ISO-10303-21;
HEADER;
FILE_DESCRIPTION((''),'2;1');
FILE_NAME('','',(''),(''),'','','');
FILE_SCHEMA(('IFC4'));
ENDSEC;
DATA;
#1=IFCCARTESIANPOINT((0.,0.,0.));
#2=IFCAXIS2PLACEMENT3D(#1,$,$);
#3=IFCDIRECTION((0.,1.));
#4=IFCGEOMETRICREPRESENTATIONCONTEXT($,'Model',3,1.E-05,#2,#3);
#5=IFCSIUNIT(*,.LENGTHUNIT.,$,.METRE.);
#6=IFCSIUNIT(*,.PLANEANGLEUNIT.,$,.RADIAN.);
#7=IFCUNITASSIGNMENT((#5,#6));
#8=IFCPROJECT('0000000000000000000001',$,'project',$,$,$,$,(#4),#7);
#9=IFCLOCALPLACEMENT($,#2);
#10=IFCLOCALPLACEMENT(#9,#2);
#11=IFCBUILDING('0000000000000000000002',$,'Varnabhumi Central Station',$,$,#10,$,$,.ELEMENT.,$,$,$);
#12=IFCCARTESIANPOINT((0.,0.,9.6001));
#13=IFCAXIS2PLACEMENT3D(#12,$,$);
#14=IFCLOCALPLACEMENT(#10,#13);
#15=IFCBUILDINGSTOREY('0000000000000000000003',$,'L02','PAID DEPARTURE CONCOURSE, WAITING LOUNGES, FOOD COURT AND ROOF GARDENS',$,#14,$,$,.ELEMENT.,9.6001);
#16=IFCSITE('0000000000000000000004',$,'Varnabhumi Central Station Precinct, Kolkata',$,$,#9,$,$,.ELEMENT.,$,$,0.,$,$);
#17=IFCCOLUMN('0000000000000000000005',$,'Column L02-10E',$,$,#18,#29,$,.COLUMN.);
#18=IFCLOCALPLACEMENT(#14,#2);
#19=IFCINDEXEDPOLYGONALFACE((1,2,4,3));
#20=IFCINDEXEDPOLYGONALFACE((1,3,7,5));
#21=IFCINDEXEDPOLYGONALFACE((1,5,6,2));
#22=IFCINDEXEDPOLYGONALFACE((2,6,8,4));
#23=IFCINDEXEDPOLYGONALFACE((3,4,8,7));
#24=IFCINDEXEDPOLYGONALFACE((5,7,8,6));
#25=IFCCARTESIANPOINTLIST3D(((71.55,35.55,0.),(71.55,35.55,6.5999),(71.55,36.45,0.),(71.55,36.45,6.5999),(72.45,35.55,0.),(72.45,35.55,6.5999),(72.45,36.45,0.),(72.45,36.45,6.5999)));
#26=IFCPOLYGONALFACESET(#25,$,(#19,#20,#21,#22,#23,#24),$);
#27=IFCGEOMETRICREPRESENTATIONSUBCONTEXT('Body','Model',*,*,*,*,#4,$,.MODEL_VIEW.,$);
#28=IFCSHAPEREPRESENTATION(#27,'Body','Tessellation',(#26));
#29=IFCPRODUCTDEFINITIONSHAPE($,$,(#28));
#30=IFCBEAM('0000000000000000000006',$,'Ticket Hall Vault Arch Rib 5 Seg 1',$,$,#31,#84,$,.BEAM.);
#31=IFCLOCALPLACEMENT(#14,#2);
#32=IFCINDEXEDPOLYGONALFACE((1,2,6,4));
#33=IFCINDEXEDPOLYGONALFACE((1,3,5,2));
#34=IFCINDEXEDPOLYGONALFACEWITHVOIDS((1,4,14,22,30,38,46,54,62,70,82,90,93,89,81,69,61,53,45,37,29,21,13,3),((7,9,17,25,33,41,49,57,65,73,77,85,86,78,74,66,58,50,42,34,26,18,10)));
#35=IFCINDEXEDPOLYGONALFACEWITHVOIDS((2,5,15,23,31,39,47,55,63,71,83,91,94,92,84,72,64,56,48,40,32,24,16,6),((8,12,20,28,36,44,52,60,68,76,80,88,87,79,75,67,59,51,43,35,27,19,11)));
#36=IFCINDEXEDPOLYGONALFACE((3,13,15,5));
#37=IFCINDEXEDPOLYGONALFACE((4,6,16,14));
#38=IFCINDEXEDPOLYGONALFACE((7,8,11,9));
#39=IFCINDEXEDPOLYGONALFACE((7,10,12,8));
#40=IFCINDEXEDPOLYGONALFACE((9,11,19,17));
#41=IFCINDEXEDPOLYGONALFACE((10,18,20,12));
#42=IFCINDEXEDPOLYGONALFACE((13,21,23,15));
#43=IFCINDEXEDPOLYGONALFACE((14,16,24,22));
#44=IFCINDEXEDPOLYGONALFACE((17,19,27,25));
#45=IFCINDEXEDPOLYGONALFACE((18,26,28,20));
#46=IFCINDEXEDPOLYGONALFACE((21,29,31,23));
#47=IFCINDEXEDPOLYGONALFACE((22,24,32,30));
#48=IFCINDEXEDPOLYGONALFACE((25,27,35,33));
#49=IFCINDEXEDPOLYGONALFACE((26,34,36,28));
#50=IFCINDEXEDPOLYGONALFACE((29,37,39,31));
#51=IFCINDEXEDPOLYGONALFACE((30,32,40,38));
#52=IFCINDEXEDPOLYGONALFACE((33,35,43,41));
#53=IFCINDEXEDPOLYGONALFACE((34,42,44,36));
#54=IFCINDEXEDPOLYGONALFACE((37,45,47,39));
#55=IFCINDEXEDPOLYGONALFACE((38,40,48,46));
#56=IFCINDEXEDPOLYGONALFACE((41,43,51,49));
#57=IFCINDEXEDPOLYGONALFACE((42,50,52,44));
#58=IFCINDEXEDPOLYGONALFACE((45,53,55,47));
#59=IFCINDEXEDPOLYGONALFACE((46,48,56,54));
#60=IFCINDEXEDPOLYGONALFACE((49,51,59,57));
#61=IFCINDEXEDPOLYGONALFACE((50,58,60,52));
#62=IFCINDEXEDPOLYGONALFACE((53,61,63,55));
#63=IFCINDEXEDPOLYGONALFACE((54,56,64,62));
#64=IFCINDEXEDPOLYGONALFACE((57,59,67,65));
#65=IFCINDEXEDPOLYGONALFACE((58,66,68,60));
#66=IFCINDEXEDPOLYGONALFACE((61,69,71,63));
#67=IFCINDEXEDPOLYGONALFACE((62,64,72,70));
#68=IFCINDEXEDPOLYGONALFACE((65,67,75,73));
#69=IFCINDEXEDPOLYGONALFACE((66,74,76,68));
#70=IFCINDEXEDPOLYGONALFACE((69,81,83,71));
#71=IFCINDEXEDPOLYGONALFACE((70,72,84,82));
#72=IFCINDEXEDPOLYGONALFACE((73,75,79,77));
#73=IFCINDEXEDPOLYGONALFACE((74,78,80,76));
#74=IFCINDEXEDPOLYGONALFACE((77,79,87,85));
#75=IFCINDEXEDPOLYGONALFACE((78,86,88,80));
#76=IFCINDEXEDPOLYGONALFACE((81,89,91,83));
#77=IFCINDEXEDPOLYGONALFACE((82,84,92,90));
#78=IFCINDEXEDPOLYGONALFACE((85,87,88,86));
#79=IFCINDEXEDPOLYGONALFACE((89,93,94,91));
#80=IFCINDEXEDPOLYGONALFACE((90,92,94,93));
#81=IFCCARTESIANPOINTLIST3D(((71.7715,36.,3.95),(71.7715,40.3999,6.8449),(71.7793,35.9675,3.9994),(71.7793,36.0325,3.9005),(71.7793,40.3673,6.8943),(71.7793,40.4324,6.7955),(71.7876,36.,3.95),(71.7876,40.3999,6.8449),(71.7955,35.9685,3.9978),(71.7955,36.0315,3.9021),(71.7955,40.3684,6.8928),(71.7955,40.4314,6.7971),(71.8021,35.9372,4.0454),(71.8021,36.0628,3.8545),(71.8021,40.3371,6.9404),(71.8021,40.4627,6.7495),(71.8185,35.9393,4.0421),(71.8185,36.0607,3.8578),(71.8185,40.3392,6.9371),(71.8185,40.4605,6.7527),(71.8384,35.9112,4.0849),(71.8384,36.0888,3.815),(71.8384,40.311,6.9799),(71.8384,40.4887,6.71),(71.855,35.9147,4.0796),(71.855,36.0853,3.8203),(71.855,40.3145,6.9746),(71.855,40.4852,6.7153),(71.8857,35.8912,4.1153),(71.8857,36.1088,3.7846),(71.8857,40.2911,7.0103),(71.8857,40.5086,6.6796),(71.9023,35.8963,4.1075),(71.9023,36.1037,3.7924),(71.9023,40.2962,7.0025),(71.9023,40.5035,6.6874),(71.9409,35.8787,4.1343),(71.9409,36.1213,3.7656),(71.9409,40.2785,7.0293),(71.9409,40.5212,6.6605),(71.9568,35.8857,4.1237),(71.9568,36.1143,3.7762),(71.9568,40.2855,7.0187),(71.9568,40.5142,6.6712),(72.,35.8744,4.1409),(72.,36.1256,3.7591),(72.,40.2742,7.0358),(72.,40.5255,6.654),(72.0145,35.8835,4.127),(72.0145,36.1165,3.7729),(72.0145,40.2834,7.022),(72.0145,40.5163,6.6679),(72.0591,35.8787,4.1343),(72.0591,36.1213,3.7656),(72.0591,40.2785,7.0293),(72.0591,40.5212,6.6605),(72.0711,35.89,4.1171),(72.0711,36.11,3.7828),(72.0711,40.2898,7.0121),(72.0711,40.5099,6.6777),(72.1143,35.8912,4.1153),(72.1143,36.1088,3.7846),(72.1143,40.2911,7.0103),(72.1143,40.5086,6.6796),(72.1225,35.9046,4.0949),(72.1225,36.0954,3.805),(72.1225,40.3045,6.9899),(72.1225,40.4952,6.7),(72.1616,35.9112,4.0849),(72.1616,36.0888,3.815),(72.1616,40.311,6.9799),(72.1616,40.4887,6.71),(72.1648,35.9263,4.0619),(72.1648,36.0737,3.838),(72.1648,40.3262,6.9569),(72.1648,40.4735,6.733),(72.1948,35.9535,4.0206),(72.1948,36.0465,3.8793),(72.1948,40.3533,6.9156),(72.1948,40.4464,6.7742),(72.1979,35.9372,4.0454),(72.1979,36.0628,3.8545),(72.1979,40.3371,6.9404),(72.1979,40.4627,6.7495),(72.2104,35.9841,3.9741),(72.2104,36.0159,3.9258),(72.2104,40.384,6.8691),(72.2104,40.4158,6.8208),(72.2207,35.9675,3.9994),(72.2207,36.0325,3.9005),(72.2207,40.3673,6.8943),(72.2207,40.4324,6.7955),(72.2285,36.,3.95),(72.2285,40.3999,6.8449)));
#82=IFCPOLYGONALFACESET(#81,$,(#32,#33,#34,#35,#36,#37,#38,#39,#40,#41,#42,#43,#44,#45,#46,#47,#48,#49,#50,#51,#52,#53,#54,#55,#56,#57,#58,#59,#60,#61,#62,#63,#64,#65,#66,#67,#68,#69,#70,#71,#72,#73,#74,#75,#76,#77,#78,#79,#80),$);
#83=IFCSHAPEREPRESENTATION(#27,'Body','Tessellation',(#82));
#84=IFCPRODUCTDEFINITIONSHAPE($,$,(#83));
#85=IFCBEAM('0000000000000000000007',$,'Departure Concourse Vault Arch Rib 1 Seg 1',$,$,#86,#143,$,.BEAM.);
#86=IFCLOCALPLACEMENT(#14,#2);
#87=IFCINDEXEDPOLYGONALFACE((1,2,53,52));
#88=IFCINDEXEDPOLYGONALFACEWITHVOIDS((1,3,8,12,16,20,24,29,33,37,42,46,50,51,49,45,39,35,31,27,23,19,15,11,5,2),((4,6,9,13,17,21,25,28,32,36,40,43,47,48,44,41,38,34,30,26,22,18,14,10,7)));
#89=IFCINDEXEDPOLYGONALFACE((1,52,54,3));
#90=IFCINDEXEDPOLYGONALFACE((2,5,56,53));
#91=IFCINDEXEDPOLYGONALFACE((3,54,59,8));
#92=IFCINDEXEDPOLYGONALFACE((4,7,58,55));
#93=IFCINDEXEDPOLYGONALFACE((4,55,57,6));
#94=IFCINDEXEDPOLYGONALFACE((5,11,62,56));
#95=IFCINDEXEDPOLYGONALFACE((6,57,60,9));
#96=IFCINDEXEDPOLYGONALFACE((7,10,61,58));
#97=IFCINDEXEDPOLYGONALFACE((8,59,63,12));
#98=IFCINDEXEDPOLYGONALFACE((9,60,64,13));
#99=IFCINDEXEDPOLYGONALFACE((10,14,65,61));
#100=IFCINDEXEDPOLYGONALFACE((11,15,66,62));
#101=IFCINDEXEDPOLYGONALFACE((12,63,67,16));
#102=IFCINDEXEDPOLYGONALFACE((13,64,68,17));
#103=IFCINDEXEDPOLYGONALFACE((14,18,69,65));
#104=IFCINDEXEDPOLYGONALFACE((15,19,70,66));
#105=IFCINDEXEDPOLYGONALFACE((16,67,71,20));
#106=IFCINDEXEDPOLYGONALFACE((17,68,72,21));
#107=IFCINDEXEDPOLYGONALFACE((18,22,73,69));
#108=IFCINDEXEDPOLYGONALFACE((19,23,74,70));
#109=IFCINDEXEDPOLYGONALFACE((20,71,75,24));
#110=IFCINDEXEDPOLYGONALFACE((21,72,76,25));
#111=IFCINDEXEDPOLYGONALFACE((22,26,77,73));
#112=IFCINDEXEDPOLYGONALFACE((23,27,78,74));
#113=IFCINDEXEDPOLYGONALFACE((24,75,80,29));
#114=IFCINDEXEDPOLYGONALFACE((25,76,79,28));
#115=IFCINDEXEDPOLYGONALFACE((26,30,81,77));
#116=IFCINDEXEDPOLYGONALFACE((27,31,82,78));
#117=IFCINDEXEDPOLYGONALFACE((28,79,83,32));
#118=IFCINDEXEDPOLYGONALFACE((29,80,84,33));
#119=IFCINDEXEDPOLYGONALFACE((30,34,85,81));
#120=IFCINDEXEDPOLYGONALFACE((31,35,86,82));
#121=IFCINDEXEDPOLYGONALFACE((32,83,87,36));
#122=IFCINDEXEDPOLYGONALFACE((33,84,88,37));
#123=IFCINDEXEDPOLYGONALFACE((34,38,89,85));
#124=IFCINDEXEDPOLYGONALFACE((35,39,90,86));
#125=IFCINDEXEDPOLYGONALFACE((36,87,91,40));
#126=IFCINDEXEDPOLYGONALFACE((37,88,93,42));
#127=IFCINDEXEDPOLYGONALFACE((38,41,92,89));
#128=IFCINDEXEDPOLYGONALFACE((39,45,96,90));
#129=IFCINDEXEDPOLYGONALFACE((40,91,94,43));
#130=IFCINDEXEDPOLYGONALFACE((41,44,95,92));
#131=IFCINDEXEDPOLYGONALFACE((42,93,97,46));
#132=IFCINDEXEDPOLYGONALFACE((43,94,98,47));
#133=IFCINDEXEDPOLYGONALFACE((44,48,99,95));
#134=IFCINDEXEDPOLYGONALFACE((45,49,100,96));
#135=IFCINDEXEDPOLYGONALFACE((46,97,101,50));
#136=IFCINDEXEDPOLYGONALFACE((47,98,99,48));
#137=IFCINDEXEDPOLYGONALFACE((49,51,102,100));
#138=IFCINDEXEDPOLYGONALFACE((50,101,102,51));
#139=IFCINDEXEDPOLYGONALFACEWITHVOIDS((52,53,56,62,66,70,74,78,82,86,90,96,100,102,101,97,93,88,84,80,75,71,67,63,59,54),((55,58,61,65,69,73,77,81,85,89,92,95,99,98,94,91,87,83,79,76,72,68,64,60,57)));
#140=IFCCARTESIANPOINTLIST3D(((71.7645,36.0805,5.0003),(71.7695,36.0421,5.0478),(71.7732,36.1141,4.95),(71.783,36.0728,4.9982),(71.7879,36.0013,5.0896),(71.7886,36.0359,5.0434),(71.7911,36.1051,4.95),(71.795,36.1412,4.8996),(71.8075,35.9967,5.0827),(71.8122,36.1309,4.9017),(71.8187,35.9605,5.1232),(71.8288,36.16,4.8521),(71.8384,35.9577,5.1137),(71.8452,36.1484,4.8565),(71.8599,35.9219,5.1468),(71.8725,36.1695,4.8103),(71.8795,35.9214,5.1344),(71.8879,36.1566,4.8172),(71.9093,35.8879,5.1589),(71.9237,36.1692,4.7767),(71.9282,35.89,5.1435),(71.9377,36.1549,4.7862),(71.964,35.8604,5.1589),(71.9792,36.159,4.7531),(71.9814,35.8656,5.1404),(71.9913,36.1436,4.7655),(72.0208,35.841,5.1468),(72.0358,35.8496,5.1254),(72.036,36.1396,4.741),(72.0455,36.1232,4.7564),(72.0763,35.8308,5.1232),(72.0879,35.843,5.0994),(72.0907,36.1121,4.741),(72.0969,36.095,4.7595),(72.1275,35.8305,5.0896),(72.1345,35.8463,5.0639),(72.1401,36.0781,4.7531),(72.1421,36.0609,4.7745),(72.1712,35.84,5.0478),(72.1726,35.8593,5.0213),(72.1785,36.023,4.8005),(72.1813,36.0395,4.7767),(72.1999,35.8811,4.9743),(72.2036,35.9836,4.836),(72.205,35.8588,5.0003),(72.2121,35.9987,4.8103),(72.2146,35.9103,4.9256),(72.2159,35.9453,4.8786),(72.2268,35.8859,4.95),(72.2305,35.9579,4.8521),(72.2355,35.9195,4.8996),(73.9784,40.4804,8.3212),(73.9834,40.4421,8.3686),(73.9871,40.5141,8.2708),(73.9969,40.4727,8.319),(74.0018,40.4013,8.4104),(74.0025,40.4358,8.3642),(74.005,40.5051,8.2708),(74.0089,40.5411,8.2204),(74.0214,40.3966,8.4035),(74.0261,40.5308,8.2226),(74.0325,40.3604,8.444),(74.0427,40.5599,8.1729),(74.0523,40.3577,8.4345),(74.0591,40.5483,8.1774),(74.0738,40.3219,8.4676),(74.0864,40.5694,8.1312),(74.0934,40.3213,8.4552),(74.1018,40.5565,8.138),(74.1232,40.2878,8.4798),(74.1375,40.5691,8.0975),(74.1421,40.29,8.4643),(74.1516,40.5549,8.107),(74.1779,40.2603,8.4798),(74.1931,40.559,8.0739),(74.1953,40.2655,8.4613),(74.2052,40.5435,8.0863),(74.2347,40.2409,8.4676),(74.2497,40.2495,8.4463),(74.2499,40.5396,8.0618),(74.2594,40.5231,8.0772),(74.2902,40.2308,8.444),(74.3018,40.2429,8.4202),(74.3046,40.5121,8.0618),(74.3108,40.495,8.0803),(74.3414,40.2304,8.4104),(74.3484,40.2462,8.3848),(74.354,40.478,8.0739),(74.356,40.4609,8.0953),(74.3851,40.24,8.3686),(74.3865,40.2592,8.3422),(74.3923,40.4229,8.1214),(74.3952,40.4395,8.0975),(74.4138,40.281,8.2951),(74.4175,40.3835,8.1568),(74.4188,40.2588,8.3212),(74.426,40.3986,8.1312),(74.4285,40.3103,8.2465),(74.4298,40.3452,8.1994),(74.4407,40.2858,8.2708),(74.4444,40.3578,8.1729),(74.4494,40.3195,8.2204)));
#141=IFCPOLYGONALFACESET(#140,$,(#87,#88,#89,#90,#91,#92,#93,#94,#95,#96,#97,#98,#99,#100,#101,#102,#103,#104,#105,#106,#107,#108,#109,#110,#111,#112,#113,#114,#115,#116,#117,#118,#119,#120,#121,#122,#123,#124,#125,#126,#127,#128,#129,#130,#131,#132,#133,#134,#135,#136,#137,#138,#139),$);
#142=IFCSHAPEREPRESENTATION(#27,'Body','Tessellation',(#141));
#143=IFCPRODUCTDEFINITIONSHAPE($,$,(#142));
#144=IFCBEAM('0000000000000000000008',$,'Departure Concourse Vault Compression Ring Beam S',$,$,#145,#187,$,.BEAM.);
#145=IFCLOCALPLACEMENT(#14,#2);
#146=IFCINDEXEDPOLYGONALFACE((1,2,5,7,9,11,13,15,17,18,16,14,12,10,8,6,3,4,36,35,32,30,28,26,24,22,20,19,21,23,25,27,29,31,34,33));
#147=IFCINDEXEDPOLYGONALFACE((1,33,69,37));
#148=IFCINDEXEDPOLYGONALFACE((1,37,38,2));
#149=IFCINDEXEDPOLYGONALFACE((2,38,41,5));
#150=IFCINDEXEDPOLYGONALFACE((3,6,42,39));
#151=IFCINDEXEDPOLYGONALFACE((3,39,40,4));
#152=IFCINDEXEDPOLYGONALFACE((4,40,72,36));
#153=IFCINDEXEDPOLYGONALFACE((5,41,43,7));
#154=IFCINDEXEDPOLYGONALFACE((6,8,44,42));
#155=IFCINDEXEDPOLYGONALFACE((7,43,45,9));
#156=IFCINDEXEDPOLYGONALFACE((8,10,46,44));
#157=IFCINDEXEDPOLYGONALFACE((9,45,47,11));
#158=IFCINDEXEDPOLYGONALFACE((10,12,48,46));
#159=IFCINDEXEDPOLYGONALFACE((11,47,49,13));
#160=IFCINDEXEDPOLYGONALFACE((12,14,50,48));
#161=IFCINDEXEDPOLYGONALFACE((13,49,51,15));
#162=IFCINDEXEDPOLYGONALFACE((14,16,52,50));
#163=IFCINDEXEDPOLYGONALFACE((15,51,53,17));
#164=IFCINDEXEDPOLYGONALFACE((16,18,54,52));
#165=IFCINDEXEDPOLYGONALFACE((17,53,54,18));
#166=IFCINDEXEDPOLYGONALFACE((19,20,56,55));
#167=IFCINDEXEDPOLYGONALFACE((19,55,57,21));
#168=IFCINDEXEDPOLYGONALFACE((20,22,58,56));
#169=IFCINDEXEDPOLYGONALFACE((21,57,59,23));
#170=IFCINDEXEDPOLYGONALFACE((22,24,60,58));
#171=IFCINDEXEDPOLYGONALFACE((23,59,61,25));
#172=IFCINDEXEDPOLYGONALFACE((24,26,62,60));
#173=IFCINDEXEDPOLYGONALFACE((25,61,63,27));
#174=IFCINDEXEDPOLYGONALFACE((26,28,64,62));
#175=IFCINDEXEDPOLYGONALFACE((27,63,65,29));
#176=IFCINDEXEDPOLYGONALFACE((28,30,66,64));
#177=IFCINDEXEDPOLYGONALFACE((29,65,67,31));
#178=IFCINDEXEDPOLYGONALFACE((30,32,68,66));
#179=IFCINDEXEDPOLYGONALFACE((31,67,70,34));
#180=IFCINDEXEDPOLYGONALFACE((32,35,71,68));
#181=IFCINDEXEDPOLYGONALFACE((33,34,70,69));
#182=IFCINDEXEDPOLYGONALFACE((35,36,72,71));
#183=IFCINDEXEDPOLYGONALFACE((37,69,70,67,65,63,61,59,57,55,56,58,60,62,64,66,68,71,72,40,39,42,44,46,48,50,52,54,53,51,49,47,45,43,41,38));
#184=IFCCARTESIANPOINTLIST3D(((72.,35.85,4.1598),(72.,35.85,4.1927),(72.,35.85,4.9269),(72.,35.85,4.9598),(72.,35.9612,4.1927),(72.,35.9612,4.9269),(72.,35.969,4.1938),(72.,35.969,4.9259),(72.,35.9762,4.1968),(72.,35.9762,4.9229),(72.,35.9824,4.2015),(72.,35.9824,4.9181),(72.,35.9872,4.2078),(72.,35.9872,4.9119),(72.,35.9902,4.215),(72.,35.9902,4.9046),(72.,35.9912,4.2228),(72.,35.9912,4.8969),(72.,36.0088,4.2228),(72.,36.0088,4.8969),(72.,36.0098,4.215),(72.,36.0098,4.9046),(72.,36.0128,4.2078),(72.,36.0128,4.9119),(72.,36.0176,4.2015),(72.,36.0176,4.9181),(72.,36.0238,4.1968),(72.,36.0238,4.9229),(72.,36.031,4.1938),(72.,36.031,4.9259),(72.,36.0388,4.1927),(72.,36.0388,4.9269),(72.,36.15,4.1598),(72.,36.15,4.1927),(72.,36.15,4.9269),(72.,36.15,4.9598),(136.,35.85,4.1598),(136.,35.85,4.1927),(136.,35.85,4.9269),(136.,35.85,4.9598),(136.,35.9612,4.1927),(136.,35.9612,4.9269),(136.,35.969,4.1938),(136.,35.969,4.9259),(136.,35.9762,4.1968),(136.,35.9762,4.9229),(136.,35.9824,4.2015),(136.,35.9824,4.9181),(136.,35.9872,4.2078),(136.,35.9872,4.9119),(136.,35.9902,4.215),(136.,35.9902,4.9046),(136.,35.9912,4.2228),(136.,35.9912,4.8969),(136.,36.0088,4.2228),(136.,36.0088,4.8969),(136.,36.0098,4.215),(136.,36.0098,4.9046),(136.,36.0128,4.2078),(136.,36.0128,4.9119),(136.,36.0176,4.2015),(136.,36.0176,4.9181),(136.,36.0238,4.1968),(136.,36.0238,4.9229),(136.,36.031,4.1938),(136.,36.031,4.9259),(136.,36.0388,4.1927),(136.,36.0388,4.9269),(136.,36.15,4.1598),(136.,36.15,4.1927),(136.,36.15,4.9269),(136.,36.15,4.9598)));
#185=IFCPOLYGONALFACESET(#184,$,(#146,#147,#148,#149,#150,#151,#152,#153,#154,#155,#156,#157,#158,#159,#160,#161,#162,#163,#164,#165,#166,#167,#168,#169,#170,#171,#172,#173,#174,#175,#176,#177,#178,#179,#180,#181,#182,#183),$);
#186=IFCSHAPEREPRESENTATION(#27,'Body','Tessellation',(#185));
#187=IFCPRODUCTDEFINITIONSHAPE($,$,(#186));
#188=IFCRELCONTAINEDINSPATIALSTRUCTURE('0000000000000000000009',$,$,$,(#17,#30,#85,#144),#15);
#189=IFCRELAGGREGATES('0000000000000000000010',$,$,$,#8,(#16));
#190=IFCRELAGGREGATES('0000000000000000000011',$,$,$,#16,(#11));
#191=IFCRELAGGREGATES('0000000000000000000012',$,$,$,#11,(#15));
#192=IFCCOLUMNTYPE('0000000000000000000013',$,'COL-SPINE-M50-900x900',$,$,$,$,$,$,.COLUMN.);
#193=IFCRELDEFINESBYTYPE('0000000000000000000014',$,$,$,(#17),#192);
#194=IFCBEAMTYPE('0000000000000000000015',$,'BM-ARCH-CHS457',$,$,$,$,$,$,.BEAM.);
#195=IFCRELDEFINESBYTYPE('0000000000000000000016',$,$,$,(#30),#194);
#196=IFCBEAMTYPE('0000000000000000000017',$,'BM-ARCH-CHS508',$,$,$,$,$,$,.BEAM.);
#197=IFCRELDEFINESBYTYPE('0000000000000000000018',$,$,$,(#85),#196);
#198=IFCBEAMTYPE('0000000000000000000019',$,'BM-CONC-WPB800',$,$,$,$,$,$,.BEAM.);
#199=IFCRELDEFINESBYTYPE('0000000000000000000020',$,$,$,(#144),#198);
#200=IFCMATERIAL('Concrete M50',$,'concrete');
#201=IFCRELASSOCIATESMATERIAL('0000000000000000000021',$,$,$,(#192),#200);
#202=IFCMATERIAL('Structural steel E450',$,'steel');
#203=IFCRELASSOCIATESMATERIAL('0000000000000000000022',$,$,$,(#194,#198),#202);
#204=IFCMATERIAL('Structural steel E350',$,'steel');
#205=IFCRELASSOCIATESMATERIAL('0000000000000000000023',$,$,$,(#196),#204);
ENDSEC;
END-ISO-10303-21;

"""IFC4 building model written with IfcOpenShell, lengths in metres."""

from ifc_helpers import new_model, si_unit, direction, frame, origin, origin_2d, place, context, subcontext, project, spatial, rectangle, hollow_circle, i_section, extrude, material, material_profile, profile_set, type_object, element, save


model = new_model("IFC4")

# Units and contexts
model_context = context("Model", 3, precision=1e-05, world=origin(), true_north=direction((0.0, 1.0)))
body_context = subcontext(model_context, "Body", "Model", "MODEL_VIEW")
ifc_project = project(units=[si_unit("LENGTHUNIT", "METRE"), si_unit("PLANEANGLEUNIT", "RADIAN")], contexts=[model_context])

# Site, building, storey
site_placement = place(None, origin())
site = spatial("IfcSite", under=ifc_project, at=site_placement, Name="Varnabhumi Central Station Precinct, Kolkata", CompositionType="ELEMENT", RefElevation=0.0)
building_placement = place(site_placement, origin())
building = spatial("IfcBuilding", under=site, at=building_placement, Name="Varnabhumi Central Station", CompositionType="ELEMENT")
storey_placement = place(building_placement, frame((0.0, 0.0, 9.6001)))
storey = spatial("IfcBuildingStorey", under=building, at=storey_placement, Name="L02", Description="PAID DEPARTURE CONCOURSE, WAITING LOUNGES, FOOD COURT AND ROOF GARDENS", CompositionType="ELEMENT", Elevation=9.6001)

# Column
ifc_material_1 = material(Name="Concrete M50", Category="concrete")
ifc_material_profile_1 = material_profile(ifc_material_1, rectangle(XDim=0.8999, YDim=0.8999, at=origin_2d()), Name="Concrete M50", Category="concrete")
ifc_profile_set_1 = profile_set([ifc_material_profile_1], Name="Concrete M50")
column_type = type_object("IfcColumnType", Name="COL-SPINE-M50-900x900", PredefinedType="COLUMN", material=ifc_profile_set_1)
column_placement = place(storey_placement, frame((72.0, 36.0, 0.0), z_axis=(0.0, 0.0, 1.0), x_axis=(1.0, 0.0, 0.0)))
element("IfcColumn", 1, at=column_placement, inside=storey, type_object=column_type, Name="Column L02-10E", PredefinedType="COLUMN", context=body_context, shape_type="SweptSolid", body=[
    extrude(rectangle(XDim=0.8999, YDim=0.8999, at=origin_2d()), origin(), (0.0, 0.0, 1.0), 6.5999),
])

# Beams
ifc_material_2 = material(Name="Structural steel E450", Category="steel")
ifc_material_profile_2 = material_profile(ifc_material_2, hollow_circle(Radius=0.2285, WallThickness=0.0161, at=origin_2d()), Name="Structural steel E450", Category="steel")
ifc_profile_set_2 = profile_set([ifc_material_profile_2], Name="Structural steel E450")
beam_type_1 = type_object("IfcBeamType", Name="BM-ARCH-CHS457", PredefinedType="BEAM", material=ifc_profile_set_2)
beam_1_placement = place(storey_placement, frame((72.0, 36.0, 3.95), z_axis=(0.0, 0.835387, 0.549662), x_axis=(-1.0, 0.0, 0.0)))
element("IfcBeam", 2, at=beam_1_placement, inside=storey, type_object=beam_type_1, Name="Ticket Hall Vault Arch Rib 5 Seg 1", PredefinedType="BEAM", context=body_context, shape_type="SweptSolid", body=[
    extrude(hollow_circle(Radius=0.2285, WallThickness=0.0161, at=origin_2d()), origin(), (0.0, 0.0, 1.0), 5.2668),
])
ifc_material_3 = material(Name="Structural steel E350", Category="steel")
ifc_material_profile_3 = material_profile(ifc_material_3, hollow_circle(Radius=0.2539, WallThickness=0.02, at=origin_2d()), Name="Structural steel E350", Category="steel")
ifc_profile_set_3 = profile_set([ifc_material_profile_3], Name="Structural steel E350")
beam_type_2 = type_object("IfcBeamType", Name="BM-ARCH-CHS508", PredefinedType="BEAM", material=ifc_profile_set_3)
beam_2_placement = place(storey_placement, frame((72.0, 36.0, 4.95), z_axis=(0.372681, 0.740677, 0.559022), x_axis=(-0.893294, 0.449472, 0.0)))
element("IfcBeam", 3, at=beam_2_placement, inside=storey, type_object=beam_type_2, Name="Departure Concourse Vault Arch Rib 1 Seg 1", PredefinedType="BEAM", context=body_context, shape_type="SweptSolid", body=[
    extrude(hollow_circle(Radius=0.2539, WallThickness=0.02, at=origin_2d()), origin(), (0.0, 0.0, 1.0), 5.9404),
])
ifc_material_profile_4 = material_profile(ifc_material_2, i_section(OverallWidth=0.3, OverallDepth=0.8, WebThickness=0.0176, FlangeThickness=0.033, FilletRadius=0.03, at=origin_2d()), Name="Structural steel E450", Category="steel")
ifc_profile_set_4 = profile_set([ifc_material_profile_4], Name="Structural steel E450")
beam_type_3 = type_object("IfcBeamType", Name="BM-CONC-WPB800", PredefinedType="BEAM", material=ifc_profile_set_4)
beam_3_placement = place(storey_placement, frame((72.0, 36.0, 4.5598), z_axis=(1.0, 0.0, 0.0), x_axis=(0.0, 1.0, 0.0)))
element("IfcBeam", 4, at=beam_3_placement, inside=storey, type_object=beam_type_3, Name="Departure Concourse Vault Compression Ring Beam S", PredefinedType="BEAM", context=body_context, shape_type="SweptSolid", body=[
    extrude(i_section(OverallWidth=0.3, OverallDepth=0.8, WebThickness=0.0176, FlangeThickness=0.033, FilletRadius=0.03, at=origin_2d()), origin(), (0.0, 0.0, 1.0), 64.0),
])

save(model, "model.ifc")
